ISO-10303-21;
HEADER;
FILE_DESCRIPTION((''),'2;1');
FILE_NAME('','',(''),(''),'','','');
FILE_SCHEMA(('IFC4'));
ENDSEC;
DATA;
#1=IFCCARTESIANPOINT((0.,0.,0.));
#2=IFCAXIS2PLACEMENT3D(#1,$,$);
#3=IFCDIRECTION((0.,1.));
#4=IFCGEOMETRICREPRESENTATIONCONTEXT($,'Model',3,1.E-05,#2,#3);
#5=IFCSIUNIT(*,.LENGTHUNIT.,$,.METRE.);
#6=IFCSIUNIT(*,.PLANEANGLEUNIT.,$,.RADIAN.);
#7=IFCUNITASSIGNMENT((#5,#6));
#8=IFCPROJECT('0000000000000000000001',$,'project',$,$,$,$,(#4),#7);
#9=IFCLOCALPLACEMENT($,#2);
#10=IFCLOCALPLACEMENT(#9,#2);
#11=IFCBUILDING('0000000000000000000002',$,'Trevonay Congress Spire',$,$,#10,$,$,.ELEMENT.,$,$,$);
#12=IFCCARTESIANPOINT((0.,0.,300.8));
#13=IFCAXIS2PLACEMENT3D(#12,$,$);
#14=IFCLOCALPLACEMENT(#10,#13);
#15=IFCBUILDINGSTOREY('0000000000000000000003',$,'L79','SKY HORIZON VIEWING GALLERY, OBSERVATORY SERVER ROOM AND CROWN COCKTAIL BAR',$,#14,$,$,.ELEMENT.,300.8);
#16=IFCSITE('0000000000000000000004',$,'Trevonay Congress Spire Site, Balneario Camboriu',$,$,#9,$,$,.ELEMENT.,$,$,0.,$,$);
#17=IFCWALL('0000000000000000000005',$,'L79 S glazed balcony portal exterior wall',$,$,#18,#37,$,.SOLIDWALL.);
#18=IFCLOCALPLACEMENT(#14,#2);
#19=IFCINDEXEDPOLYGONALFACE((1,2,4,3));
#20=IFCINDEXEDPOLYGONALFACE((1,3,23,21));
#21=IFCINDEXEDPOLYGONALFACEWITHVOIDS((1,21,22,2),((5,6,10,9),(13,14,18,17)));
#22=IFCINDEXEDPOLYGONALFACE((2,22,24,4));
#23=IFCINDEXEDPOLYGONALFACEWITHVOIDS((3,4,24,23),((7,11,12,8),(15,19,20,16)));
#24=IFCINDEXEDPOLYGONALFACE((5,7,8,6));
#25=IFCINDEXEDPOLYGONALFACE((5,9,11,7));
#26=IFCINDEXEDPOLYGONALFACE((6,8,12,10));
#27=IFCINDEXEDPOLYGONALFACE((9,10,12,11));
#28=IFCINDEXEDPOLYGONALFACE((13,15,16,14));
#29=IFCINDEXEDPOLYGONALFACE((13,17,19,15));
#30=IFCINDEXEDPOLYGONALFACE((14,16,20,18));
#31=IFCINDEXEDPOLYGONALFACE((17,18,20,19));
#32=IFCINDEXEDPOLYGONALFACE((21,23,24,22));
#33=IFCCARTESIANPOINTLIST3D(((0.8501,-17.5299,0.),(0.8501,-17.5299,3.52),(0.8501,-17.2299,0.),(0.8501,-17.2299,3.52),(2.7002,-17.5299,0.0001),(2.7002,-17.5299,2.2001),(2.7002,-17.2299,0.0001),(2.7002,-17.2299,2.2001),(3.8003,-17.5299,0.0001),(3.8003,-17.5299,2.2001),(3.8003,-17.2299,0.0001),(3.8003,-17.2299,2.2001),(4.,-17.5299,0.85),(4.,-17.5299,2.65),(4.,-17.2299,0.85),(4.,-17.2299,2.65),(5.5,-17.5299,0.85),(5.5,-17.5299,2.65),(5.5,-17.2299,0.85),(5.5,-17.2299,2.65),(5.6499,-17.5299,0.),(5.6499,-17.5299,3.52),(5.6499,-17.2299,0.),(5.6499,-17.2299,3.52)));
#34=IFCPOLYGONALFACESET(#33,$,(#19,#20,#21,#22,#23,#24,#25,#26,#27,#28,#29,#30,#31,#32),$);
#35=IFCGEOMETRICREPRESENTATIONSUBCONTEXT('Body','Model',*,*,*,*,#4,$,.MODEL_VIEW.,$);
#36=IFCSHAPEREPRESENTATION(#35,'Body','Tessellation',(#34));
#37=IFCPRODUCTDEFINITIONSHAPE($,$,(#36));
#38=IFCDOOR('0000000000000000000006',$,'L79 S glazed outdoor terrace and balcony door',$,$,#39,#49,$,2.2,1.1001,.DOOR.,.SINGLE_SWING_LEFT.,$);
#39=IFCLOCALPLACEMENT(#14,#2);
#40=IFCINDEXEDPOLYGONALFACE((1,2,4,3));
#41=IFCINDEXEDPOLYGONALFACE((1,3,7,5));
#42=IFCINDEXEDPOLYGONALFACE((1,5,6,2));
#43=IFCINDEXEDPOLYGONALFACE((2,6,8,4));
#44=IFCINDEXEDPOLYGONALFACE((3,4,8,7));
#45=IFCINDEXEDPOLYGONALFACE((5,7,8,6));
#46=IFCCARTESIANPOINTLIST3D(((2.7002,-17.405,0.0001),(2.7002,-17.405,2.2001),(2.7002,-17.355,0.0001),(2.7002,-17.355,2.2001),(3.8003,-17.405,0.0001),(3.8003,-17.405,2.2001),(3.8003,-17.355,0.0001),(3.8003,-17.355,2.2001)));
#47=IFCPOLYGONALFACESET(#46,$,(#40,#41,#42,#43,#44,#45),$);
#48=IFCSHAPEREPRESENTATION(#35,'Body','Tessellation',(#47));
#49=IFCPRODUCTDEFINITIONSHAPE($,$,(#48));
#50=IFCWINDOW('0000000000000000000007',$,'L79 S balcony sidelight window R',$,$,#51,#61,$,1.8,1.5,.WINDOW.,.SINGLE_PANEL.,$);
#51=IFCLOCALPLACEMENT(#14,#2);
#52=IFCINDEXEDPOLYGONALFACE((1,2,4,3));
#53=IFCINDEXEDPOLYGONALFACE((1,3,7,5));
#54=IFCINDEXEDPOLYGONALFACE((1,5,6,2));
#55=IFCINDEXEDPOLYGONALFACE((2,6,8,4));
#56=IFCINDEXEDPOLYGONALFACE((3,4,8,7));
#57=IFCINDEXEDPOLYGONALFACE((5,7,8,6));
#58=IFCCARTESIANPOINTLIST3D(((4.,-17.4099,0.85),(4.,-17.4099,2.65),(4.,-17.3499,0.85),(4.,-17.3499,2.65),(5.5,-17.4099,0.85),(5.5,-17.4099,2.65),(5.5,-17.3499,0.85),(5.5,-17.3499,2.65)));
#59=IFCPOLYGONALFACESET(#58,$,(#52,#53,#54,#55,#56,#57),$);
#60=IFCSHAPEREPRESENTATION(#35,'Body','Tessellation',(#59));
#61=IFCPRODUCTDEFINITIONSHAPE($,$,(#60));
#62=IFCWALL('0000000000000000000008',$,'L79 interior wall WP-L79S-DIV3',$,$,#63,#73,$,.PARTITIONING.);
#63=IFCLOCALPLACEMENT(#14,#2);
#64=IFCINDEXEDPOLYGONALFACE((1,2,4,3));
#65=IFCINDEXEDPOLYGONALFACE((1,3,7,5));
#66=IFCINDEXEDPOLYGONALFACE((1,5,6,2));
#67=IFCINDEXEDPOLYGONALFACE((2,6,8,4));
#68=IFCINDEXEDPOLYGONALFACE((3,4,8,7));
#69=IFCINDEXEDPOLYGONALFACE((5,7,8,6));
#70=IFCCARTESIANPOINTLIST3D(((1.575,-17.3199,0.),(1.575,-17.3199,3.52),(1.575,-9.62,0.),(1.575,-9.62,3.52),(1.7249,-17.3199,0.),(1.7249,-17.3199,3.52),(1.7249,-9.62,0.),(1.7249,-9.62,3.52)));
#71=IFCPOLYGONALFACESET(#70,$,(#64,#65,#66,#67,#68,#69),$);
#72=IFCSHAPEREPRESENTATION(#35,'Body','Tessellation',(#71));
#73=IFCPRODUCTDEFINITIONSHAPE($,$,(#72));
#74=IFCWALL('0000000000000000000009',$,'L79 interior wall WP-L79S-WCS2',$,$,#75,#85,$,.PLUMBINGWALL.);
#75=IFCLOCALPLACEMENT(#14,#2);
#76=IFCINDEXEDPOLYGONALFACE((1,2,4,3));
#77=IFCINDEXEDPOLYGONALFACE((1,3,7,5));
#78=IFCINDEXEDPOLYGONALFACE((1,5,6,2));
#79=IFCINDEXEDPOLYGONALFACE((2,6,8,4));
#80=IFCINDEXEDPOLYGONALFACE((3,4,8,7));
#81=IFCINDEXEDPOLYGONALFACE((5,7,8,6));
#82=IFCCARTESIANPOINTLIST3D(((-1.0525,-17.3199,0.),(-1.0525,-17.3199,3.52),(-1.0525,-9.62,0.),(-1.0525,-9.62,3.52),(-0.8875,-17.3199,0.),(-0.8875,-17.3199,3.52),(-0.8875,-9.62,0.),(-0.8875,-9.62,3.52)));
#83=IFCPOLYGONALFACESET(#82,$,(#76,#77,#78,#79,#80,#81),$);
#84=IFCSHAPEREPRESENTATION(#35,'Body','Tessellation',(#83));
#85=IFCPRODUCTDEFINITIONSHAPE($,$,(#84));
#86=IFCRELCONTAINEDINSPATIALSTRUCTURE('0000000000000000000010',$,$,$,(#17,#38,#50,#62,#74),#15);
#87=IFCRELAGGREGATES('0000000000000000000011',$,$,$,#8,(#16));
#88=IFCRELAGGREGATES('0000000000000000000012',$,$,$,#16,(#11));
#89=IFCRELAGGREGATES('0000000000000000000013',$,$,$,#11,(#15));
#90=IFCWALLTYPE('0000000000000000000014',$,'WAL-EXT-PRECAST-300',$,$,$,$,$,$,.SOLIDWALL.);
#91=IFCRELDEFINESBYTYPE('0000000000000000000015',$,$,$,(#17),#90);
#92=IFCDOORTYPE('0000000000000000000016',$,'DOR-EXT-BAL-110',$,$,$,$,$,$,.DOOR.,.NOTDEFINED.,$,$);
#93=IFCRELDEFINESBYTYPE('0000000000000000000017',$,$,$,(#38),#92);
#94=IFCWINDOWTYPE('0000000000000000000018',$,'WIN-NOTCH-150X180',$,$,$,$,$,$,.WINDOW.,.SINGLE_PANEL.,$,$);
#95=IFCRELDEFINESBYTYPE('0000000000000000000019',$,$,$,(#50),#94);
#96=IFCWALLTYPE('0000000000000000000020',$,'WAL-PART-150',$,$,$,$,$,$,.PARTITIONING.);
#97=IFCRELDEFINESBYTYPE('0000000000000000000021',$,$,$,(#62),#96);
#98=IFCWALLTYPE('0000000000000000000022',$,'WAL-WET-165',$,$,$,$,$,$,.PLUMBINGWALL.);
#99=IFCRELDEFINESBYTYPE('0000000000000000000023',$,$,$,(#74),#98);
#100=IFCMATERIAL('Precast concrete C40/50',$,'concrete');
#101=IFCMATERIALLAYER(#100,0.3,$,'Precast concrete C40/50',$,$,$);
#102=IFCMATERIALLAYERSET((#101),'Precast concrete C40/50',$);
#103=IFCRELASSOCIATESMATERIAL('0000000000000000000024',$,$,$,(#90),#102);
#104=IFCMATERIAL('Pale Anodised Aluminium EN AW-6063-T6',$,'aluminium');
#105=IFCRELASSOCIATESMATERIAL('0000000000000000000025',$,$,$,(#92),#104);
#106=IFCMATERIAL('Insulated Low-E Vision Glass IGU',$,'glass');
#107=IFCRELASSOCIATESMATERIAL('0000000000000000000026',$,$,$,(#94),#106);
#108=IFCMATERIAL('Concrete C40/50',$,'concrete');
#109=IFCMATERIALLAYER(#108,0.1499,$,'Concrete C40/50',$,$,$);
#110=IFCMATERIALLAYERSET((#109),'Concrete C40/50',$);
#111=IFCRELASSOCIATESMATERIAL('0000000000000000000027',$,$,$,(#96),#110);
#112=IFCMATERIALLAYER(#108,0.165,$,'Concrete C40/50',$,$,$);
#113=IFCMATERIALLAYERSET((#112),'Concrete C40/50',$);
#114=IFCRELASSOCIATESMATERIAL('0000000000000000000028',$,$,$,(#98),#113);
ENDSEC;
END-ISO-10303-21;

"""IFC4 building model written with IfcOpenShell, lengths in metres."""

from ifc_helpers import new_model, si_unit, direction, frame, frame_2d, origin, place, context, subcontext, project, spatial, rectangle, extrude, material, layer, layer_set, type_object, element, fill, save


model = new_model("IFC4")

# Units and contexts
model_context = context("Model", 3, precision=1e-05, world=origin(), true_north=direction((0.0, 1.0)))
body_context = subcontext(model_context, "Body", "Model", "MODEL_VIEW")
ifc_project = project(units=[si_unit("LENGTHUNIT", "METRE"), si_unit("PLANEANGLEUNIT", "RADIAN")], contexts=[model_context])

# Site, building, storey
site_placement = place(None, origin())
site = spatial("IfcSite", under=ifc_project, at=site_placement, Name="Trevonay Congress Spire Site, Balneario Camboriu", CompositionType="ELEMENT", RefElevation=0.0)
building_placement = place(site_placement, origin())
building = spatial("IfcBuilding", under=site, at=building_placement, Name="Trevonay Congress Spire", CompositionType="ELEMENT")
storey_placement = place(building_placement, frame((0.0, 0.0, 300.8)))
storey = spatial("IfcBuildingStorey", under=building, at=storey_placement, Name="L79", Description="SKY HORIZON VIEWING GALLERY, OBSERVATORY SERVER ROOM AND CROWN COCKTAIL BAR", CompositionType="ELEMENT", Elevation=300.8)

# Shared definitions
ifc_material_1 = material(Name="Pale Anodised Aluminium EN AW-6063-T6", Category="aluminium")

# Shared definitions
ifc_material_2 = material(Name="Insulated Low-E Vision Glass IGU", Category="glass")

# Wall, openings, door, window
ifc_material_3 = material(Name="Precast concrete C40/50", Category="concrete")
ifc_layer_1 = layer(ifc_material_3, 0.3, Name="Precast concrete C40/50")
ifc_layer_set_1 = layer_set([ifc_layer_1], Name="Precast concrete C40/50")
wall_type_1 = type_object("IfcWallType", Name="WAL-EXT-PRECAST-300", PredefinedType="SOLIDWALL", material=ifc_layer_set_1)
wall_1_placement = place(storey_placement, frame((0.8501, -17.3799, 0.0), z_axis=(0.0, 0.0, 1.0), x_axis=(1.0, 0.0, 0.0)))
wall_1 = element("IfcWall", 1, at=wall_1_placement, inside=storey, type_object=wall_type_1, Name="L79 S glazed balcony portal exterior wall", PredefinedType="SOLIDWALL", context=body_context, shape_type="SweptSolid", body=[
    extrude(rectangle(XDim=4.7998, YDim=0.3, at=frame_2d((2.3999, 0.0))), origin(), (0.0, 0.0, 1.0), 3.52),
])
opening_1_placement = place(wall_1_placement, frame((1.8501, 0.0, 0.0)))
opening_1 = element("IfcOpeningElement", 2, at=opening_1_placement, cuts=wall_1, PredefinedType="OPENING", context=body_context, shape_type="SweptSolid", body=[
    extrude(rectangle(XDim=1.1001, YDim=2.2, at=frame_2d((0.55, 1.1001))), frame((0.0, 0.1602, 0.0), z_axis=(0.0, -1.0, 0.0), x_axis=(1.0, 0.0, 0.0)), (0.0, 0.0, 1.0), 0.3201),
])
opening_2_placement = place(wall_1_placement, frame((3.1499, 0.0, 0.8501)))
opening_2 = element("IfcOpeningElement", 3, at=opening_2_placement, cuts=wall_1, PredefinedType="OPENING", context=body_context, shape_type="SweptSolid", body=[
    extrude(rectangle(XDim=1.5, YDim=1.8, at=frame_2d((0.75, 0.8999))), frame((0.0, 0.1602, 0.0), z_axis=(0.0, -1.0, 0.0), x_axis=(1.0, 0.0, 0.0)), (0.0, 0.0, 1.0), 0.3201),
])
door_type = type_object("IfcDoorType", Name="DOR-EXT-BAL-110", OperationType="NOTDEFINED", PredefinedType="DOOR", material=ifc_material_1)
door_placement = place(opening_1_placement, origin())
door = element("IfcDoor", 4, at=door_placement, inside=storey, type_object=door_type, Name="L79 S glazed outdoor terrace and balcony door", OperationType="SINGLE_SWING_LEFT", OverallHeight=2.2, OverallWidth=1.1001, PredefinedType="DOOR", context=body_context, shape_type="SweptSolid", body=[
    extrude(rectangle(XDim=1.1001, YDim=2.2, at=frame_2d((0.55, 1.1001))), frame((0.0, 0.0249, 0.0), z_axis=(0.0, -1.0, 0.0), x_axis=(1.0, 0.0, 0.0)), (0.0, 0.0, 1.0), 0.05),
])
fill(opening_1, door)
window_type = type_object("IfcWindowType", Name="WIN-NOTCH-150X180", PartitioningType="SINGLE_PANEL", PredefinedType="WINDOW", material=ifc_material_2)
window_placement = place(opening_2_placement, origin())
window = element("IfcWindow", 5, at=window_placement, inside=storey, type_object=window_type, Name="L79 S balcony sidelight window R", OverallHeight=1.8, OverallWidth=1.5, PartitioningType="SINGLE_PANEL", PredefinedType="WINDOW", context=body_context, shape_type="SweptSolid", body=[
    extrude(rectangle(XDim=1.5, YDim=1.8, at=frame_2d((0.75, 0.8999))), frame((0.0, 0.03, 0.0), z_axis=(0.0, -1.0, 0.0), x_axis=(1.0, 0.0, 0.0)), (0.0, 0.0, 1.0), 0.0601),
])
fill(opening_2, window)

# Walls
ifc_material_4 = material(Name="Concrete C40/50", Category="concrete")
ifc_layer_2 = layer(ifc_material_4, 0.1499, Name="Concrete C40/50")
ifc_layer_set_2 = layer_set([ifc_layer_2], Name="Concrete C40/50")
wall_type_2 = type_object("IfcWallType", Name="WAL-PART-150", PredefinedType="PARTITIONING", material=ifc_layer_set_2)
wall_2_placement = place(storey_placement, frame((1.6499, -17.3201, 0.0), z_axis=(0.0, 0.0, 1.0), x_axis=(0.0, 1.0, 0.0)))
element("IfcWall", 6, at=wall_2_placement, inside=storey, type_object=wall_type_2, Name="L79 interior wall WP-L79S-DIV3", PredefinedType="PARTITIONING", context=body_context, shape_type="SweptSolid", body=[
    extrude(rectangle(XDim=7.7, YDim=0.1499, at=frame_2d((3.8501, 0.0))), origin(), (0.0, 0.0, 1.0), 3.52),
])
ifc_layer_3 = layer(ifc_material_4, 0.165, Name="Concrete C40/50")
ifc_layer_set_3 = layer_set([ifc_layer_3], Name="Concrete C40/50")
wall_type_3 = type_object("IfcWallType", Name="WAL-WET-165", PredefinedType="PLUMBINGWALL", material=ifc_layer_set_3)
wall_3_placement = place(storey_placement, frame((-0.97, -17.3201, 0.0), z_axis=(0.0, 0.0, 1.0), x_axis=(0.0, 1.0, 0.0)))
element("IfcWall", 7, at=wall_3_placement, inside=storey, type_object=wall_type_3, Name="L79 interior wall WP-L79S-WCS2", PredefinedType="PLUMBINGWALL", context=body_context, shape_type="SweptSolid", body=[
    extrude(rectangle(XDim=7.7, YDim=0.165, at=frame_2d((3.8501, 0.0))), origin(), (0.0, 0.0, 1.0), 3.52),
])

save(model, "model.ifc")
